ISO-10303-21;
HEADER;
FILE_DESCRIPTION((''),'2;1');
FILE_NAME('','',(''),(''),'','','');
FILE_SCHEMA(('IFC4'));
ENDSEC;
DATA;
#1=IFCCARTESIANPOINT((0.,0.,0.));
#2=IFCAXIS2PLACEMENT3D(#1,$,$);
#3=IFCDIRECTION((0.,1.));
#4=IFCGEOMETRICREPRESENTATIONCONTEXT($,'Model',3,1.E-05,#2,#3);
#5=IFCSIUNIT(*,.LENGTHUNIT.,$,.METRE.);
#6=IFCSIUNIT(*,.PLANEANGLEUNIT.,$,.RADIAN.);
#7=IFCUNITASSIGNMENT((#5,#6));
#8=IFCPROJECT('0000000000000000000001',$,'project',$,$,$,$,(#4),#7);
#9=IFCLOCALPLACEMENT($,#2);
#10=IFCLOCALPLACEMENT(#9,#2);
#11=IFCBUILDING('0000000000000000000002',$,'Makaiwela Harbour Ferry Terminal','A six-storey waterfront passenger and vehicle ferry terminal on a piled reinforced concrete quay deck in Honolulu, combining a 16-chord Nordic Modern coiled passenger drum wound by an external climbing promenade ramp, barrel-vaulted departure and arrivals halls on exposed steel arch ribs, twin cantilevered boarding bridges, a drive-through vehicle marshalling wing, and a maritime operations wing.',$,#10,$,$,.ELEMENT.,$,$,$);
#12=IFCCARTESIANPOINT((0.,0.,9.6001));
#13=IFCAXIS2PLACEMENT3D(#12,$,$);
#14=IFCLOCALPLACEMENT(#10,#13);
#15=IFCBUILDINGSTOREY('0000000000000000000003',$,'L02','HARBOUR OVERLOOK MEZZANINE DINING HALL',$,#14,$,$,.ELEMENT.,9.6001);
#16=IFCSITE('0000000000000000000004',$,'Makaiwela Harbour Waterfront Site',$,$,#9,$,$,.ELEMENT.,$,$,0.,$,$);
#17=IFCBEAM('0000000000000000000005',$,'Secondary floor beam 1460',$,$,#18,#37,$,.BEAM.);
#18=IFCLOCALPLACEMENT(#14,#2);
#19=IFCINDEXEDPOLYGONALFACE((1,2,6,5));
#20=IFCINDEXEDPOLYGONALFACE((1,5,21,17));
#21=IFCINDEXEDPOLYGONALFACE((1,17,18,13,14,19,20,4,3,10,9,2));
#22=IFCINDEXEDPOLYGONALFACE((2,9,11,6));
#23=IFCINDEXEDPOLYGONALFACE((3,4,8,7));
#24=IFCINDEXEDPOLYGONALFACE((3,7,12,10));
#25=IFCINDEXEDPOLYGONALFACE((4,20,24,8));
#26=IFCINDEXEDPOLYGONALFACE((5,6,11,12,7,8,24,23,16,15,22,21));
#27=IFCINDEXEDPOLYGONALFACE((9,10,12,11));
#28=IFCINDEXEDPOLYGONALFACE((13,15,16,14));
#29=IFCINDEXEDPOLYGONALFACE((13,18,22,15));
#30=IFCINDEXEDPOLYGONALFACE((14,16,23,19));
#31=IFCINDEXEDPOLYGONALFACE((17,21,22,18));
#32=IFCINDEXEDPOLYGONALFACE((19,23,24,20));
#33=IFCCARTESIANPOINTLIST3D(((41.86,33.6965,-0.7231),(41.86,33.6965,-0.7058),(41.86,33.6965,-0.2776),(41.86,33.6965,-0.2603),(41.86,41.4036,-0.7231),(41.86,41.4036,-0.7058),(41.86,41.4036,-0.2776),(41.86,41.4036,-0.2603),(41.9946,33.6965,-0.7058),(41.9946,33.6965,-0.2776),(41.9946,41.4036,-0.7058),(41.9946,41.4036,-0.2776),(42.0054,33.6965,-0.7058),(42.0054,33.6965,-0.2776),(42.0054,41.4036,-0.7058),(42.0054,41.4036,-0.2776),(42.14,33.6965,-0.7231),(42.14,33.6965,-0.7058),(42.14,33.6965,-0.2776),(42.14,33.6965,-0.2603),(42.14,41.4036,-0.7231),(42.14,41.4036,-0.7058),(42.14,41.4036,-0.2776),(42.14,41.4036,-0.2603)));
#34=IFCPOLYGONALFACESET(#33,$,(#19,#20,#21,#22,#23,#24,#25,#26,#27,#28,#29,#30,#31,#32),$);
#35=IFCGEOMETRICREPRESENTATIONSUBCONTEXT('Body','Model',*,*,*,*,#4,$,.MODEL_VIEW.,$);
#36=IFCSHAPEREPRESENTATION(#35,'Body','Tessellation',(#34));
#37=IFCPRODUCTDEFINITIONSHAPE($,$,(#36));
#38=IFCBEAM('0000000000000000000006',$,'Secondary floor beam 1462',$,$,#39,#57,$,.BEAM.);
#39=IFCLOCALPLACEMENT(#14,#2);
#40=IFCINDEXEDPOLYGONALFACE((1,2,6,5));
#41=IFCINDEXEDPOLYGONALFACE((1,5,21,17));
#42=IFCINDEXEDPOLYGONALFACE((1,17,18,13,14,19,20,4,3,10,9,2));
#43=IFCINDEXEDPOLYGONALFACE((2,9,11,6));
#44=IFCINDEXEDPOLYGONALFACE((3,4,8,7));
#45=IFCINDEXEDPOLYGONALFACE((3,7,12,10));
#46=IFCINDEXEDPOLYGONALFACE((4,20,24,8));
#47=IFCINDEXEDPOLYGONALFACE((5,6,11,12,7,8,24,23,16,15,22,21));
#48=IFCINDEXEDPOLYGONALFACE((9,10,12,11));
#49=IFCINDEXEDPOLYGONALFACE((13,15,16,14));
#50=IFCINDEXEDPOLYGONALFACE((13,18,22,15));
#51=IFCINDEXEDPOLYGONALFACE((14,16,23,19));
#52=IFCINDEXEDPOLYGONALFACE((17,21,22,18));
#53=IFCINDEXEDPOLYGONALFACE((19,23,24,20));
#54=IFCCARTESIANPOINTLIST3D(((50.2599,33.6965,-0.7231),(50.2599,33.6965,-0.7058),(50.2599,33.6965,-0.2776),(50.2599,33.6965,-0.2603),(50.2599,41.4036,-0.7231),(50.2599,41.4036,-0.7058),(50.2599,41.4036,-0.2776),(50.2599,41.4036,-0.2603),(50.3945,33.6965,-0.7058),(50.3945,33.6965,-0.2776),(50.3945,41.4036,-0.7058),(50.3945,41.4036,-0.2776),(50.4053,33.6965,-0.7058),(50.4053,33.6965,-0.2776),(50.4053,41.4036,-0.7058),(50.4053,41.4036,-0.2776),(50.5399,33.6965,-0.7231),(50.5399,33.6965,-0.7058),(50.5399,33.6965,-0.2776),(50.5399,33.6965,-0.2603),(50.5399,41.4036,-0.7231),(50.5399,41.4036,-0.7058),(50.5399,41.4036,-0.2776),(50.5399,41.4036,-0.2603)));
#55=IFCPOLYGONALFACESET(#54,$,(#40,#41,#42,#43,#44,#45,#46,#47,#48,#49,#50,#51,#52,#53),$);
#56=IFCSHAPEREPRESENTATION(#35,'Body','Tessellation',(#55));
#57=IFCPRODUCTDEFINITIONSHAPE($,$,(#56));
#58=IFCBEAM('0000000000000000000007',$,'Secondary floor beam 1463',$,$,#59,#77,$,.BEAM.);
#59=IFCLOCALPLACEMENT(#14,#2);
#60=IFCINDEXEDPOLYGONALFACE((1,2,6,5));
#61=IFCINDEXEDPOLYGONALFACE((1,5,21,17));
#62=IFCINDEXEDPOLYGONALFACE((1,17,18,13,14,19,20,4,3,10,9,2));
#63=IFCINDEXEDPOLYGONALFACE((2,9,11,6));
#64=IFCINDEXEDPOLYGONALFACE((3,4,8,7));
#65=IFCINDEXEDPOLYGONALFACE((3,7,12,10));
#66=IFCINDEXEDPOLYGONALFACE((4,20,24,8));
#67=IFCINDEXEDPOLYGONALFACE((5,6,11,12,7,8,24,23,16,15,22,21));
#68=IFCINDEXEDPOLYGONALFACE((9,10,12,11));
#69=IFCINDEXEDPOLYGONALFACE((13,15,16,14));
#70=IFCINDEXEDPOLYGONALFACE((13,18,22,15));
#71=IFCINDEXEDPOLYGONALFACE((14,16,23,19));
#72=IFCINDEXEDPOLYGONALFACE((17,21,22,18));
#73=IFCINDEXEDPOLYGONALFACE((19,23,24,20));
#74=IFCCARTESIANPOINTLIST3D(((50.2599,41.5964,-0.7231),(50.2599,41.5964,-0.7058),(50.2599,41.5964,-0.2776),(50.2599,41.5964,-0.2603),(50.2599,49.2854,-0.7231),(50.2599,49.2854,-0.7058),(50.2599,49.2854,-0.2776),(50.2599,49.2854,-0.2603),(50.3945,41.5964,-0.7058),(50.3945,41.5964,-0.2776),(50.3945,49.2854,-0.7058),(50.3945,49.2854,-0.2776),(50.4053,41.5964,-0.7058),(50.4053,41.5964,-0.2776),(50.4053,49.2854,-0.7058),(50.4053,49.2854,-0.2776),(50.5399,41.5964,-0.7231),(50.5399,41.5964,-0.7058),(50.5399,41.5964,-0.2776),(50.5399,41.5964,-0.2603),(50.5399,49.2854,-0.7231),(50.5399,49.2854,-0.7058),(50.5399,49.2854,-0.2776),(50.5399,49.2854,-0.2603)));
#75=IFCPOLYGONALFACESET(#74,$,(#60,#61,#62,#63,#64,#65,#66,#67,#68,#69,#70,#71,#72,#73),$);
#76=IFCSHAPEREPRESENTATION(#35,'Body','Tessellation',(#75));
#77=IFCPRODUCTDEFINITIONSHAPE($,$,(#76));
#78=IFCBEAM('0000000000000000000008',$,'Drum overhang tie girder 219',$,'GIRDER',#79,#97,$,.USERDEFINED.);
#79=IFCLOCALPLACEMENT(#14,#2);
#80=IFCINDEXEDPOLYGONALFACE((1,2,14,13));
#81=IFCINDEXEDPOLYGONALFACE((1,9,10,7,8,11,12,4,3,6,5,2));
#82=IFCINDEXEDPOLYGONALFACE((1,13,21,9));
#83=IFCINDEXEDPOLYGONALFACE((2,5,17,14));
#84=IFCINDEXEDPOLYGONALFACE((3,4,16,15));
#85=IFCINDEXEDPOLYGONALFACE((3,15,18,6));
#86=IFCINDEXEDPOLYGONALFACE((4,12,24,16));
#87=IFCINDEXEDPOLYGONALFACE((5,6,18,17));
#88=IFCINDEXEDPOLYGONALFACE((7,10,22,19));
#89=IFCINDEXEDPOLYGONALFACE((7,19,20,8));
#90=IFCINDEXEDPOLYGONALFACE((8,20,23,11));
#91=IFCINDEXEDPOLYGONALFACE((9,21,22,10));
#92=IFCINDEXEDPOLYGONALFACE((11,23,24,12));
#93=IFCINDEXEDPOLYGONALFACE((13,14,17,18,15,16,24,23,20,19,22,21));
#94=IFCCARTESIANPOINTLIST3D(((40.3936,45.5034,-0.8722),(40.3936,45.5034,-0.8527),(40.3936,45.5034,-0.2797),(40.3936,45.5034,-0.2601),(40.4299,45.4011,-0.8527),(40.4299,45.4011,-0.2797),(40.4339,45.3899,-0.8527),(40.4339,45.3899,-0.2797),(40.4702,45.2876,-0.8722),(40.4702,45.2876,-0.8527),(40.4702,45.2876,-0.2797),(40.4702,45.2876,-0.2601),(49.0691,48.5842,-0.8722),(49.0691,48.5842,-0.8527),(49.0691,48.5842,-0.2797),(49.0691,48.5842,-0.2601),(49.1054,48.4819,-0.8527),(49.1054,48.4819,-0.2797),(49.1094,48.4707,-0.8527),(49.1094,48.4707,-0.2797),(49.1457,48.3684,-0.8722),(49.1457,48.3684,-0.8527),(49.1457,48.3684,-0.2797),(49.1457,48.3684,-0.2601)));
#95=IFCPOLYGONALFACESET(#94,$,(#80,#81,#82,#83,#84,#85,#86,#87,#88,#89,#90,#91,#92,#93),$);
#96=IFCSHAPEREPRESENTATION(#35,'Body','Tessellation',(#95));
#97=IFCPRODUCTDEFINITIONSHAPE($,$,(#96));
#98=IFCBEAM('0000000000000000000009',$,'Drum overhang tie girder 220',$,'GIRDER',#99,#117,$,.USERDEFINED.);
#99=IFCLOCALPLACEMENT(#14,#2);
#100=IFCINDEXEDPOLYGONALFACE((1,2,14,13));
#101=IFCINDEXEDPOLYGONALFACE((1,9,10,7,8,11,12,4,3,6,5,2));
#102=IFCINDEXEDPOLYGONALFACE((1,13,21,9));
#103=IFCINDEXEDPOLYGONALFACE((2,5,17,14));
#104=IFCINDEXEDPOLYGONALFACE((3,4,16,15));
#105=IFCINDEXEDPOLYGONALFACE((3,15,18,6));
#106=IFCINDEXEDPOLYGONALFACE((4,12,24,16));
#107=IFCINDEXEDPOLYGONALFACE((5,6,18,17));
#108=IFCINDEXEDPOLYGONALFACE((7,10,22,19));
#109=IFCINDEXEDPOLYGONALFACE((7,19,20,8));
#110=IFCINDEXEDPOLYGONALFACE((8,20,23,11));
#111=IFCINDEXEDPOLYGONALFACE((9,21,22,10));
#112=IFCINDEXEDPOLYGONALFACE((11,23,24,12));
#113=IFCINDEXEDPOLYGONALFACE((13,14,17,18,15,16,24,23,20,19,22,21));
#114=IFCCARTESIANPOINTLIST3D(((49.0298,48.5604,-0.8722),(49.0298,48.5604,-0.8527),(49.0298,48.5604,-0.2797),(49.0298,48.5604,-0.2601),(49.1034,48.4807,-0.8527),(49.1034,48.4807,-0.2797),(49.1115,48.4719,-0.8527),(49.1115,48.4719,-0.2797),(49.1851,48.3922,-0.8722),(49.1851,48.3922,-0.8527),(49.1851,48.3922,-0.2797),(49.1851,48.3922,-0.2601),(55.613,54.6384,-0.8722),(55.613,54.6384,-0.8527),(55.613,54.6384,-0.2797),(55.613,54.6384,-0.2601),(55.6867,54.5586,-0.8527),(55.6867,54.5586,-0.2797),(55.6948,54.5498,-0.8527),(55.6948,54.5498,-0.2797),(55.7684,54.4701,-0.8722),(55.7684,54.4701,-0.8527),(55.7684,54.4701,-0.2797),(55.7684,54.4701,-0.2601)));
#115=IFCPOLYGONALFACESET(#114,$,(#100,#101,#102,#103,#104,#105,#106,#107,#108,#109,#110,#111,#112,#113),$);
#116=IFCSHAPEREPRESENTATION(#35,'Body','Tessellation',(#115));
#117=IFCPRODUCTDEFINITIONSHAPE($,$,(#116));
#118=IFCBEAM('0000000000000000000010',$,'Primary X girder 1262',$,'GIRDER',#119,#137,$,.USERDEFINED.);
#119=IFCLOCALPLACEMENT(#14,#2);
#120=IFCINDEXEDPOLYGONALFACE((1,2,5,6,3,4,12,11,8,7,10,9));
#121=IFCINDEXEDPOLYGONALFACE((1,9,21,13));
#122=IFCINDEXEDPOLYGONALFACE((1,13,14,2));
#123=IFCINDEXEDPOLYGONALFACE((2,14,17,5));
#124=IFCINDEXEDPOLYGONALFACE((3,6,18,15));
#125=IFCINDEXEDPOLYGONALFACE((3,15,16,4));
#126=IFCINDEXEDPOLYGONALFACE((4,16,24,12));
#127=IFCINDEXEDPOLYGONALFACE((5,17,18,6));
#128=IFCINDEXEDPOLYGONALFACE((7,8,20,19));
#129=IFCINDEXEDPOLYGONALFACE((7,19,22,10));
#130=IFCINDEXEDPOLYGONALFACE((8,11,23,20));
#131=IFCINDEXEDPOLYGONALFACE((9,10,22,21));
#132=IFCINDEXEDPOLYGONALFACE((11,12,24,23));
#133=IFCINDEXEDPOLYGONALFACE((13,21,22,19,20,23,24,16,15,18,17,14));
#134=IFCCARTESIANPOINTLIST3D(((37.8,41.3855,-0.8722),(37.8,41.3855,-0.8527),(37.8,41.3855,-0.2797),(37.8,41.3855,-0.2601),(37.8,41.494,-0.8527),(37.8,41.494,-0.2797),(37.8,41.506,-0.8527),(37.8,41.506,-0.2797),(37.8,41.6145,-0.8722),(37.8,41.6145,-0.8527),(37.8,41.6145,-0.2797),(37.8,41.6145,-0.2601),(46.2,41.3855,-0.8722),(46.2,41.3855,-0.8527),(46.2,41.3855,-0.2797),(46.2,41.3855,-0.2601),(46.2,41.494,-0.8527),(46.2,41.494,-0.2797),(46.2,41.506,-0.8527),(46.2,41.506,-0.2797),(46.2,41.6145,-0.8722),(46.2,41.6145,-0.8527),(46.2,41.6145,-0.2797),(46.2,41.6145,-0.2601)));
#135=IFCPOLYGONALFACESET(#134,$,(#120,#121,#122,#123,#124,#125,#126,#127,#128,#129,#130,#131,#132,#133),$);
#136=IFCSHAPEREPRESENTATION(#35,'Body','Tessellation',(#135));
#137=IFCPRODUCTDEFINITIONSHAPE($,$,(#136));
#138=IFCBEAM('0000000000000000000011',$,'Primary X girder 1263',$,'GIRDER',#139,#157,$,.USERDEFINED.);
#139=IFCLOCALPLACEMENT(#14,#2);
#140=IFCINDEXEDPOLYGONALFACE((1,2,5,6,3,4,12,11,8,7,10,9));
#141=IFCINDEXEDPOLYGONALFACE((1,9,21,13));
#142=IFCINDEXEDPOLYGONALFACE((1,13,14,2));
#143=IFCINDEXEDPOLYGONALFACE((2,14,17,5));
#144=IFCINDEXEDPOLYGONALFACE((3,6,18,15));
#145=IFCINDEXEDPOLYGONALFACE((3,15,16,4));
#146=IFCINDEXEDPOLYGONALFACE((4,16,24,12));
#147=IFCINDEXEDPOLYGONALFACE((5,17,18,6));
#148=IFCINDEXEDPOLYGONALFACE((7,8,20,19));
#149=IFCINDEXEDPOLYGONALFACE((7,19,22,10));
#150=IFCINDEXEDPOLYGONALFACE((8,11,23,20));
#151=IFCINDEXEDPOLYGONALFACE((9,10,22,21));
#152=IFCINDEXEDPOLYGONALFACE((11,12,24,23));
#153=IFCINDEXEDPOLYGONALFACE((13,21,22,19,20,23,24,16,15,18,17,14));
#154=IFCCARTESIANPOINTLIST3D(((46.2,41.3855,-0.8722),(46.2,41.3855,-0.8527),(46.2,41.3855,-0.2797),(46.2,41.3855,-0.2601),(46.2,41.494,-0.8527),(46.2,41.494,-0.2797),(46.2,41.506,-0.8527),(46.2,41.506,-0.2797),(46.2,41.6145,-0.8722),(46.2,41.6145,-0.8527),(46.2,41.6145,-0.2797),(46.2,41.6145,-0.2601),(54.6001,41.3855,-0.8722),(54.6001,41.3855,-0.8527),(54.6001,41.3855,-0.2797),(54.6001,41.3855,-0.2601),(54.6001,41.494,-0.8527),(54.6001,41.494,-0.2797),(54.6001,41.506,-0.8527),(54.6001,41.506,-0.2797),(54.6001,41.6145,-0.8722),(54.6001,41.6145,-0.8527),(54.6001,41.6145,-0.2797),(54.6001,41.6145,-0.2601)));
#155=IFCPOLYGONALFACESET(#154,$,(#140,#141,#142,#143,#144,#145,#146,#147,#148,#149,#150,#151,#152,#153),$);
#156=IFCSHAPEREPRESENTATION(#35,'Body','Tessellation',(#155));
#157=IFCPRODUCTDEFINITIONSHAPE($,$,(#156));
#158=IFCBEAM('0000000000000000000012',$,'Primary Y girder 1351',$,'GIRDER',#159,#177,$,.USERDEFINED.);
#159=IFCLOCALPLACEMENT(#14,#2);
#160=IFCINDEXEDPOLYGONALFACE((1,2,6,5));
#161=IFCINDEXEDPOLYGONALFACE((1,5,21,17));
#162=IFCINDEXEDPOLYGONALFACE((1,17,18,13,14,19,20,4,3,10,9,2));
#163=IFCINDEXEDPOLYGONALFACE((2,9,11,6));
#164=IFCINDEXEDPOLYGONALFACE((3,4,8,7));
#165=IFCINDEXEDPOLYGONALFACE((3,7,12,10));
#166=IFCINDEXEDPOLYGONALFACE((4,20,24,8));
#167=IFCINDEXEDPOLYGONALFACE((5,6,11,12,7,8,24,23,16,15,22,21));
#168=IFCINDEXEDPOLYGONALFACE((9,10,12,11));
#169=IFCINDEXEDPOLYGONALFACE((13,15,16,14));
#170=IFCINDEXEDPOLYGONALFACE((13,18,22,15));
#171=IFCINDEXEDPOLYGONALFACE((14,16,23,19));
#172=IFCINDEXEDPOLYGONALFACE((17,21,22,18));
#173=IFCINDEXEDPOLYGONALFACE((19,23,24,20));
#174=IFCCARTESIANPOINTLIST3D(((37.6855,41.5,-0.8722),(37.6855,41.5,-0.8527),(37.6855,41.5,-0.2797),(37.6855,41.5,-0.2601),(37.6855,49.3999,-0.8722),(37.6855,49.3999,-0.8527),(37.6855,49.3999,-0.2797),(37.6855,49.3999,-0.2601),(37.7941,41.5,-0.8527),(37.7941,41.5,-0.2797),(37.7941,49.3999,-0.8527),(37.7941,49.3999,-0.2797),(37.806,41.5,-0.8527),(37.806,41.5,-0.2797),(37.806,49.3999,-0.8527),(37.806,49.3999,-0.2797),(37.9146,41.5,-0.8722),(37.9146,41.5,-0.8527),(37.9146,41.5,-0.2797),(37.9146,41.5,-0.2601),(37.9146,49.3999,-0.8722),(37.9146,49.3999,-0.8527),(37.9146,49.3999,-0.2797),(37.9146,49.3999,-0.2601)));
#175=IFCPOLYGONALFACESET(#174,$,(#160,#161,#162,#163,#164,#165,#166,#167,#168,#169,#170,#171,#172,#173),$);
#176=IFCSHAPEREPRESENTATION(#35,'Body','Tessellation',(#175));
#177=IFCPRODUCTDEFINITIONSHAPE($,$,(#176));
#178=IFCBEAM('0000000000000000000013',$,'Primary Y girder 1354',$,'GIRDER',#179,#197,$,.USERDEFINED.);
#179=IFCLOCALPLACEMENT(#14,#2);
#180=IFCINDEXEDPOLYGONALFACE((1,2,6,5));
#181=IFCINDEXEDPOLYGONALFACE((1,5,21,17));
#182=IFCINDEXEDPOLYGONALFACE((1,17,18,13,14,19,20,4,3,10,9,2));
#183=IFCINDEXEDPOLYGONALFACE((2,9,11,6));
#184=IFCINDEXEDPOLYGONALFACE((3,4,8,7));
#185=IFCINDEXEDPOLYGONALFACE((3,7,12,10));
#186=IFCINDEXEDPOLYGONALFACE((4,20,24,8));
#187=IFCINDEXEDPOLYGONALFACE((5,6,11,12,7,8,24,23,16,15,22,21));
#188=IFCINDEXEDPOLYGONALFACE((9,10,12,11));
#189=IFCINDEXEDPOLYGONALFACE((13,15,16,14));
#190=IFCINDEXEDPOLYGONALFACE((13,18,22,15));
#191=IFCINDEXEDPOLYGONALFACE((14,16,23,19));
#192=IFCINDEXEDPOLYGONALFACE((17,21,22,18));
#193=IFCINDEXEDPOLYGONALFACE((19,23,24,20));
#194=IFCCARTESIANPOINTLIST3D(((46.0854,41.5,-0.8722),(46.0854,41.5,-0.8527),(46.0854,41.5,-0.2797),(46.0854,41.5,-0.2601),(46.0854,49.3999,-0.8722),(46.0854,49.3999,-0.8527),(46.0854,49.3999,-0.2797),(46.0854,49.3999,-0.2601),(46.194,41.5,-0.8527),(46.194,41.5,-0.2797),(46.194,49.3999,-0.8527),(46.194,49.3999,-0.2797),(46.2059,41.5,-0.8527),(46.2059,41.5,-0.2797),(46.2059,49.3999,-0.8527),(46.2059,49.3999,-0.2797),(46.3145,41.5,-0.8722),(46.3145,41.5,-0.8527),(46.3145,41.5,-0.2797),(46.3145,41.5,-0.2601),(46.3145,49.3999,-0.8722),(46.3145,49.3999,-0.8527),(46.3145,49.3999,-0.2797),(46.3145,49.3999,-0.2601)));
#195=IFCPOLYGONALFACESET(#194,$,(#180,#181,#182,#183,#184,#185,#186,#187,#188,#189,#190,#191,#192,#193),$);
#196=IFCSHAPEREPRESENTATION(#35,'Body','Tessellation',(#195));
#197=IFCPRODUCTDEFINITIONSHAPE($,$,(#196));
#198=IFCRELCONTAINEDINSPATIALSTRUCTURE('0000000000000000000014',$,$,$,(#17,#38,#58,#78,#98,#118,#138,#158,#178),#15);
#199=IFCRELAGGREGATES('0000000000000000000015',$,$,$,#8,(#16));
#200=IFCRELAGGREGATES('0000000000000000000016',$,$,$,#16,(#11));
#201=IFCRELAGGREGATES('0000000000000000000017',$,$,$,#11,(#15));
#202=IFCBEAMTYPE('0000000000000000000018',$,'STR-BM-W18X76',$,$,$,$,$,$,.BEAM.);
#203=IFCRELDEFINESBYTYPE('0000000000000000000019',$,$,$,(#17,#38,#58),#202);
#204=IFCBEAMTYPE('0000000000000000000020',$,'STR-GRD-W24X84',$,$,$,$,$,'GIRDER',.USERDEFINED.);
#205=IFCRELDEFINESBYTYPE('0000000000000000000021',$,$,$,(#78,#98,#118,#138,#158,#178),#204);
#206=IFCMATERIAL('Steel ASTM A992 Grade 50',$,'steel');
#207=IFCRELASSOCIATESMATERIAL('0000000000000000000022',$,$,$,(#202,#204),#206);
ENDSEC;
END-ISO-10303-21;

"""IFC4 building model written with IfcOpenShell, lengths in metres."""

from ifc_helpers import new_model, si_unit, direction, frame, origin, origin_2d, place, context, subcontext, project, spatial, i_section, extrude, material, material_profile, profile_set, type_object, element, save


model = new_model("IFC4")

# Units and contexts
model_context = context("Model", 3, precision=1e-05, world=origin(), true_north=direction((0.0, 1.0)))
body_context = subcontext(model_context, "Body", "Model", "MODEL_VIEW")
ifc_project = project(units=[si_unit("LENGTHUNIT", "METRE"), si_unit("PLANEANGLEUNIT", "RADIAN")], contexts=[model_context])

# Site, building, storey
site_placement = place(None, origin())
site = spatial("IfcSite", under=ifc_project, at=site_placement, Name="Makaiwela Harbour Waterfront Site", CompositionType="ELEMENT", RefElevation=0.0)
building_placement = place(site_placement, origin())
building = spatial("IfcBuilding", under=site, at=building_placement, Name="Makaiwela Harbour Ferry Terminal", Description="A six-storey waterfront passenger and vehicle ferry terminal on a piled reinforced concrete quay deck in Honolulu, combining a 16-chord Nordic Modern coiled passenger drum wound by an external climbing promenade ramp, barrel-vaulted departure and arrivals halls on exposed steel arch ribs, twin cantilevered boarding bridges, a drive-through vehicle marshalling wing, and a maritime operations wing.", CompositionType="ELEMENT")
storey_placement = place(building_placement, frame((0.0, 0.0, 9.6001)))
storey = spatial("IfcBuildingStorey", under=building, at=storey_placement, Name="L02", Description="HARBOUR OVERLOOK MEZZANINE DINING HALL", CompositionType="ELEMENT", Elevation=9.6001)

# Beams
ifc_material_1 = material(Name="Steel ASTM A992 Grade 50", Category="steel")
ifc_material_profile_1 = material_profile(ifc_material_1, i_section(OverallWidth=0.28, OverallDepth=0.4629, WebThickness=0.0107, FlangeThickness=0.0173, at=origin_2d()), Name="W18X76")
ifc_profile_set_1 = profile_set([ifc_material_profile_1], Name="Steel ASTM A992 Grade 50")
beam_type_1 = type_object("IfcBeamType", Name="STR-BM-W18X76", PredefinedType="BEAM", material=ifc_profile_set_1)
for number, where, z_axis, x_axis, name in (
    (1, (42.0, 33.6965, -0.4917), (0.0, 1.0, 0.0), (-1.0, 0.0, 0.0), "Secondary floor beam 1460"),
    (2, (50.3999, 33.6965, -0.4917), (0.0, 1.0, 0.0), (-1.0, 0.0, 0.0), "Secondary floor beam 1462"),
):
    element("IfcBeam", number, at=place(storey_placement, frame(where, z_axis=z_axis, x_axis=x_axis)), inside=storey, type_object=beam_type_1, Name=name, PredefinedType="BEAM", context=body_context, shape_type="SweptSolid", body=[
        extrude(i_section(OverallWidth=0.28, OverallDepth=0.4629, WebThickness=0.0107, FlangeThickness=0.0173, at=origin_2d()), origin(), (0.0, 0.0, 1.0), 7.707),
    ])
beam_1_placement = place(storey_placement, frame((50.3999, 41.5964, -0.4917), z_axis=(0.0, 1.0, 0.0), x_axis=(-1.0, 0.0, 0.0)))
element("IfcBeam", 3, at=beam_1_placement, inside=storey, type_object=beam_type_1, Name="Secondary floor beam 1463", PredefinedType="BEAM", context=body_context, shape_type="SweptSolid", body=[
    extrude(i_section(OverallWidth=0.28, OverallDepth=0.4629, WebThickness=0.0107, FlangeThickness=0.0173, at=origin_2d()), origin(), (0.0, 0.0, 1.0), 7.689),
])
ifc_material_profile_2 = material_profile(ifc_material_1, i_section(OverallWidth=0.229, OverallDepth=0.6121, WebThickness=0.012, FlangeThickness=0.0195, at=origin_2d()), Name="W24X84")
ifc_profile_set_2 = profile_set([ifc_material_profile_2], Name="Steel ASTM A992 Grade 50")
beam_type_2 = type_object("IfcBeamType", Name="STR-GRD-W24X84", ElementType="GIRDER", PredefinedType="USERDEFINED", material=ifc_profile_set_2)
beam_2_placement = place(storey_placement, frame((40.4319, 45.3955, -0.5662), z_axis=(0.942346, 0.334641, 0.0), x_axis=(-0.334641, 0.942346, 0.0)))
element("IfcBeam", 4, at=beam_2_placement, inside=storey, type_object=beam_type_2, Name="Drum overhang tie girder 219", ObjectType="GIRDER", PredefinedType="USERDEFINED", context=body_context, shape_type="SweptSolid", body=[
    extrude(i_section(OverallWidth=0.229, OverallDepth=0.6121, WebThickness=0.012, FlangeThickness=0.0195, at=origin_2d()), origin(), (0.0, 0.0, 1.0), 9.2063),
])
beam_3_placement = place(storey_placement, frame((49.1074, 48.4763, -0.5662), z_axis=(0.734746, 0.678342, 0.0), x_axis=(-0.678342, 0.734746, 0.0)))
element("IfcBeam", 5, at=beam_3_placement, inside=storey, type_object=beam_type_2, Name="Drum overhang tie girder 220", ObjectType="GIRDER", PredefinedType="USERDEFINED", context=body_context, shape_type="SweptSolid", body=[
    extrude(i_section(OverallWidth=0.229, OverallDepth=0.6121, WebThickness=0.012, FlangeThickness=0.0195, at=origin_2d()), origin(), (0.0, 0.0, 1.0), 8.96),
])
beam_4_placement = place(storey_placement, frame((37.8, 41.5, -0.5662), z_axis=(1.0, 0.0, 0.0), x_axis=(0.0, 1.0, 0.0)))
element("IfcBeam", 6, at=beam_4_placement, inside=storey, type_object=beam_type_2, Name="Primary X girder 1262", ObjectType="GIRDER", PredefinedType="USERDEFINED", context=body_context, shape_type="SweptSolid", body=[
    extrude(i_section(OverallWidth=0.229, OverallDepth=0.6121, WebThickness=0.012, FlangeThickness=0.0195, at=origin_2d()), origin(), (0.0, 0.0, 1.0), 8.3999),
])
beam_5_placement = place(storey_placement, frame((46.2, 41.5, -0.5662), z_axis=(1.0, 0.0, 0.0), x_axis=(0.0, 1.0, 0.0)))
element("IfcBeam", 7, at=beam_5_placement, inside=storey, type_object=beam_type_2, Name="Primary X girder 1263", ObjectType="GIRDER", PredefinedType="USERDEFINED", context=body_context, shape_type="SweptSolid", body=[
    extrude(i_section(OverallWidth=0.229, OverallDepth=0.6121, WebThickness=0.012, FlangeThickness=0.0195, at=origin_2d()), origin(), (0.0, 0.0, 1.0), 8.4001),
])
for number, where, z_axis, x_axis, name in (
    (8, (37.8, 41.5, -0.5662), (0.0, 1.0, 0.0), (-1.0, 0.0, 0.0), "Primary Y girder 1351"),
    (9, (46.2, 41.5, -0.5662), (0.0, 1.0, 0.0), (-1.0, 0.0, 0.0), "Primary Y girder 1354"),
):
    element("IfcBeam", number, at=place(storey_placement, frame(where, z_axis=z_axis, x_axis=x_axis)), inside=storey, type_object=beam_type_2, Name=name, ObjectType="GIRDER", PredefinedType="USERDEFINED", context=body_context, shape_type="SweptSolid", body=[
        extrude(i_section(OverallWidth=0.229, OverallDepth=0.6121, WebThickness=0.012, FlangeThickness=0.0195, at=origin_2d()), origin(), (0.0, 0.0, 1.0), 7.8999),
    ])

save(model, "model.ifc")
